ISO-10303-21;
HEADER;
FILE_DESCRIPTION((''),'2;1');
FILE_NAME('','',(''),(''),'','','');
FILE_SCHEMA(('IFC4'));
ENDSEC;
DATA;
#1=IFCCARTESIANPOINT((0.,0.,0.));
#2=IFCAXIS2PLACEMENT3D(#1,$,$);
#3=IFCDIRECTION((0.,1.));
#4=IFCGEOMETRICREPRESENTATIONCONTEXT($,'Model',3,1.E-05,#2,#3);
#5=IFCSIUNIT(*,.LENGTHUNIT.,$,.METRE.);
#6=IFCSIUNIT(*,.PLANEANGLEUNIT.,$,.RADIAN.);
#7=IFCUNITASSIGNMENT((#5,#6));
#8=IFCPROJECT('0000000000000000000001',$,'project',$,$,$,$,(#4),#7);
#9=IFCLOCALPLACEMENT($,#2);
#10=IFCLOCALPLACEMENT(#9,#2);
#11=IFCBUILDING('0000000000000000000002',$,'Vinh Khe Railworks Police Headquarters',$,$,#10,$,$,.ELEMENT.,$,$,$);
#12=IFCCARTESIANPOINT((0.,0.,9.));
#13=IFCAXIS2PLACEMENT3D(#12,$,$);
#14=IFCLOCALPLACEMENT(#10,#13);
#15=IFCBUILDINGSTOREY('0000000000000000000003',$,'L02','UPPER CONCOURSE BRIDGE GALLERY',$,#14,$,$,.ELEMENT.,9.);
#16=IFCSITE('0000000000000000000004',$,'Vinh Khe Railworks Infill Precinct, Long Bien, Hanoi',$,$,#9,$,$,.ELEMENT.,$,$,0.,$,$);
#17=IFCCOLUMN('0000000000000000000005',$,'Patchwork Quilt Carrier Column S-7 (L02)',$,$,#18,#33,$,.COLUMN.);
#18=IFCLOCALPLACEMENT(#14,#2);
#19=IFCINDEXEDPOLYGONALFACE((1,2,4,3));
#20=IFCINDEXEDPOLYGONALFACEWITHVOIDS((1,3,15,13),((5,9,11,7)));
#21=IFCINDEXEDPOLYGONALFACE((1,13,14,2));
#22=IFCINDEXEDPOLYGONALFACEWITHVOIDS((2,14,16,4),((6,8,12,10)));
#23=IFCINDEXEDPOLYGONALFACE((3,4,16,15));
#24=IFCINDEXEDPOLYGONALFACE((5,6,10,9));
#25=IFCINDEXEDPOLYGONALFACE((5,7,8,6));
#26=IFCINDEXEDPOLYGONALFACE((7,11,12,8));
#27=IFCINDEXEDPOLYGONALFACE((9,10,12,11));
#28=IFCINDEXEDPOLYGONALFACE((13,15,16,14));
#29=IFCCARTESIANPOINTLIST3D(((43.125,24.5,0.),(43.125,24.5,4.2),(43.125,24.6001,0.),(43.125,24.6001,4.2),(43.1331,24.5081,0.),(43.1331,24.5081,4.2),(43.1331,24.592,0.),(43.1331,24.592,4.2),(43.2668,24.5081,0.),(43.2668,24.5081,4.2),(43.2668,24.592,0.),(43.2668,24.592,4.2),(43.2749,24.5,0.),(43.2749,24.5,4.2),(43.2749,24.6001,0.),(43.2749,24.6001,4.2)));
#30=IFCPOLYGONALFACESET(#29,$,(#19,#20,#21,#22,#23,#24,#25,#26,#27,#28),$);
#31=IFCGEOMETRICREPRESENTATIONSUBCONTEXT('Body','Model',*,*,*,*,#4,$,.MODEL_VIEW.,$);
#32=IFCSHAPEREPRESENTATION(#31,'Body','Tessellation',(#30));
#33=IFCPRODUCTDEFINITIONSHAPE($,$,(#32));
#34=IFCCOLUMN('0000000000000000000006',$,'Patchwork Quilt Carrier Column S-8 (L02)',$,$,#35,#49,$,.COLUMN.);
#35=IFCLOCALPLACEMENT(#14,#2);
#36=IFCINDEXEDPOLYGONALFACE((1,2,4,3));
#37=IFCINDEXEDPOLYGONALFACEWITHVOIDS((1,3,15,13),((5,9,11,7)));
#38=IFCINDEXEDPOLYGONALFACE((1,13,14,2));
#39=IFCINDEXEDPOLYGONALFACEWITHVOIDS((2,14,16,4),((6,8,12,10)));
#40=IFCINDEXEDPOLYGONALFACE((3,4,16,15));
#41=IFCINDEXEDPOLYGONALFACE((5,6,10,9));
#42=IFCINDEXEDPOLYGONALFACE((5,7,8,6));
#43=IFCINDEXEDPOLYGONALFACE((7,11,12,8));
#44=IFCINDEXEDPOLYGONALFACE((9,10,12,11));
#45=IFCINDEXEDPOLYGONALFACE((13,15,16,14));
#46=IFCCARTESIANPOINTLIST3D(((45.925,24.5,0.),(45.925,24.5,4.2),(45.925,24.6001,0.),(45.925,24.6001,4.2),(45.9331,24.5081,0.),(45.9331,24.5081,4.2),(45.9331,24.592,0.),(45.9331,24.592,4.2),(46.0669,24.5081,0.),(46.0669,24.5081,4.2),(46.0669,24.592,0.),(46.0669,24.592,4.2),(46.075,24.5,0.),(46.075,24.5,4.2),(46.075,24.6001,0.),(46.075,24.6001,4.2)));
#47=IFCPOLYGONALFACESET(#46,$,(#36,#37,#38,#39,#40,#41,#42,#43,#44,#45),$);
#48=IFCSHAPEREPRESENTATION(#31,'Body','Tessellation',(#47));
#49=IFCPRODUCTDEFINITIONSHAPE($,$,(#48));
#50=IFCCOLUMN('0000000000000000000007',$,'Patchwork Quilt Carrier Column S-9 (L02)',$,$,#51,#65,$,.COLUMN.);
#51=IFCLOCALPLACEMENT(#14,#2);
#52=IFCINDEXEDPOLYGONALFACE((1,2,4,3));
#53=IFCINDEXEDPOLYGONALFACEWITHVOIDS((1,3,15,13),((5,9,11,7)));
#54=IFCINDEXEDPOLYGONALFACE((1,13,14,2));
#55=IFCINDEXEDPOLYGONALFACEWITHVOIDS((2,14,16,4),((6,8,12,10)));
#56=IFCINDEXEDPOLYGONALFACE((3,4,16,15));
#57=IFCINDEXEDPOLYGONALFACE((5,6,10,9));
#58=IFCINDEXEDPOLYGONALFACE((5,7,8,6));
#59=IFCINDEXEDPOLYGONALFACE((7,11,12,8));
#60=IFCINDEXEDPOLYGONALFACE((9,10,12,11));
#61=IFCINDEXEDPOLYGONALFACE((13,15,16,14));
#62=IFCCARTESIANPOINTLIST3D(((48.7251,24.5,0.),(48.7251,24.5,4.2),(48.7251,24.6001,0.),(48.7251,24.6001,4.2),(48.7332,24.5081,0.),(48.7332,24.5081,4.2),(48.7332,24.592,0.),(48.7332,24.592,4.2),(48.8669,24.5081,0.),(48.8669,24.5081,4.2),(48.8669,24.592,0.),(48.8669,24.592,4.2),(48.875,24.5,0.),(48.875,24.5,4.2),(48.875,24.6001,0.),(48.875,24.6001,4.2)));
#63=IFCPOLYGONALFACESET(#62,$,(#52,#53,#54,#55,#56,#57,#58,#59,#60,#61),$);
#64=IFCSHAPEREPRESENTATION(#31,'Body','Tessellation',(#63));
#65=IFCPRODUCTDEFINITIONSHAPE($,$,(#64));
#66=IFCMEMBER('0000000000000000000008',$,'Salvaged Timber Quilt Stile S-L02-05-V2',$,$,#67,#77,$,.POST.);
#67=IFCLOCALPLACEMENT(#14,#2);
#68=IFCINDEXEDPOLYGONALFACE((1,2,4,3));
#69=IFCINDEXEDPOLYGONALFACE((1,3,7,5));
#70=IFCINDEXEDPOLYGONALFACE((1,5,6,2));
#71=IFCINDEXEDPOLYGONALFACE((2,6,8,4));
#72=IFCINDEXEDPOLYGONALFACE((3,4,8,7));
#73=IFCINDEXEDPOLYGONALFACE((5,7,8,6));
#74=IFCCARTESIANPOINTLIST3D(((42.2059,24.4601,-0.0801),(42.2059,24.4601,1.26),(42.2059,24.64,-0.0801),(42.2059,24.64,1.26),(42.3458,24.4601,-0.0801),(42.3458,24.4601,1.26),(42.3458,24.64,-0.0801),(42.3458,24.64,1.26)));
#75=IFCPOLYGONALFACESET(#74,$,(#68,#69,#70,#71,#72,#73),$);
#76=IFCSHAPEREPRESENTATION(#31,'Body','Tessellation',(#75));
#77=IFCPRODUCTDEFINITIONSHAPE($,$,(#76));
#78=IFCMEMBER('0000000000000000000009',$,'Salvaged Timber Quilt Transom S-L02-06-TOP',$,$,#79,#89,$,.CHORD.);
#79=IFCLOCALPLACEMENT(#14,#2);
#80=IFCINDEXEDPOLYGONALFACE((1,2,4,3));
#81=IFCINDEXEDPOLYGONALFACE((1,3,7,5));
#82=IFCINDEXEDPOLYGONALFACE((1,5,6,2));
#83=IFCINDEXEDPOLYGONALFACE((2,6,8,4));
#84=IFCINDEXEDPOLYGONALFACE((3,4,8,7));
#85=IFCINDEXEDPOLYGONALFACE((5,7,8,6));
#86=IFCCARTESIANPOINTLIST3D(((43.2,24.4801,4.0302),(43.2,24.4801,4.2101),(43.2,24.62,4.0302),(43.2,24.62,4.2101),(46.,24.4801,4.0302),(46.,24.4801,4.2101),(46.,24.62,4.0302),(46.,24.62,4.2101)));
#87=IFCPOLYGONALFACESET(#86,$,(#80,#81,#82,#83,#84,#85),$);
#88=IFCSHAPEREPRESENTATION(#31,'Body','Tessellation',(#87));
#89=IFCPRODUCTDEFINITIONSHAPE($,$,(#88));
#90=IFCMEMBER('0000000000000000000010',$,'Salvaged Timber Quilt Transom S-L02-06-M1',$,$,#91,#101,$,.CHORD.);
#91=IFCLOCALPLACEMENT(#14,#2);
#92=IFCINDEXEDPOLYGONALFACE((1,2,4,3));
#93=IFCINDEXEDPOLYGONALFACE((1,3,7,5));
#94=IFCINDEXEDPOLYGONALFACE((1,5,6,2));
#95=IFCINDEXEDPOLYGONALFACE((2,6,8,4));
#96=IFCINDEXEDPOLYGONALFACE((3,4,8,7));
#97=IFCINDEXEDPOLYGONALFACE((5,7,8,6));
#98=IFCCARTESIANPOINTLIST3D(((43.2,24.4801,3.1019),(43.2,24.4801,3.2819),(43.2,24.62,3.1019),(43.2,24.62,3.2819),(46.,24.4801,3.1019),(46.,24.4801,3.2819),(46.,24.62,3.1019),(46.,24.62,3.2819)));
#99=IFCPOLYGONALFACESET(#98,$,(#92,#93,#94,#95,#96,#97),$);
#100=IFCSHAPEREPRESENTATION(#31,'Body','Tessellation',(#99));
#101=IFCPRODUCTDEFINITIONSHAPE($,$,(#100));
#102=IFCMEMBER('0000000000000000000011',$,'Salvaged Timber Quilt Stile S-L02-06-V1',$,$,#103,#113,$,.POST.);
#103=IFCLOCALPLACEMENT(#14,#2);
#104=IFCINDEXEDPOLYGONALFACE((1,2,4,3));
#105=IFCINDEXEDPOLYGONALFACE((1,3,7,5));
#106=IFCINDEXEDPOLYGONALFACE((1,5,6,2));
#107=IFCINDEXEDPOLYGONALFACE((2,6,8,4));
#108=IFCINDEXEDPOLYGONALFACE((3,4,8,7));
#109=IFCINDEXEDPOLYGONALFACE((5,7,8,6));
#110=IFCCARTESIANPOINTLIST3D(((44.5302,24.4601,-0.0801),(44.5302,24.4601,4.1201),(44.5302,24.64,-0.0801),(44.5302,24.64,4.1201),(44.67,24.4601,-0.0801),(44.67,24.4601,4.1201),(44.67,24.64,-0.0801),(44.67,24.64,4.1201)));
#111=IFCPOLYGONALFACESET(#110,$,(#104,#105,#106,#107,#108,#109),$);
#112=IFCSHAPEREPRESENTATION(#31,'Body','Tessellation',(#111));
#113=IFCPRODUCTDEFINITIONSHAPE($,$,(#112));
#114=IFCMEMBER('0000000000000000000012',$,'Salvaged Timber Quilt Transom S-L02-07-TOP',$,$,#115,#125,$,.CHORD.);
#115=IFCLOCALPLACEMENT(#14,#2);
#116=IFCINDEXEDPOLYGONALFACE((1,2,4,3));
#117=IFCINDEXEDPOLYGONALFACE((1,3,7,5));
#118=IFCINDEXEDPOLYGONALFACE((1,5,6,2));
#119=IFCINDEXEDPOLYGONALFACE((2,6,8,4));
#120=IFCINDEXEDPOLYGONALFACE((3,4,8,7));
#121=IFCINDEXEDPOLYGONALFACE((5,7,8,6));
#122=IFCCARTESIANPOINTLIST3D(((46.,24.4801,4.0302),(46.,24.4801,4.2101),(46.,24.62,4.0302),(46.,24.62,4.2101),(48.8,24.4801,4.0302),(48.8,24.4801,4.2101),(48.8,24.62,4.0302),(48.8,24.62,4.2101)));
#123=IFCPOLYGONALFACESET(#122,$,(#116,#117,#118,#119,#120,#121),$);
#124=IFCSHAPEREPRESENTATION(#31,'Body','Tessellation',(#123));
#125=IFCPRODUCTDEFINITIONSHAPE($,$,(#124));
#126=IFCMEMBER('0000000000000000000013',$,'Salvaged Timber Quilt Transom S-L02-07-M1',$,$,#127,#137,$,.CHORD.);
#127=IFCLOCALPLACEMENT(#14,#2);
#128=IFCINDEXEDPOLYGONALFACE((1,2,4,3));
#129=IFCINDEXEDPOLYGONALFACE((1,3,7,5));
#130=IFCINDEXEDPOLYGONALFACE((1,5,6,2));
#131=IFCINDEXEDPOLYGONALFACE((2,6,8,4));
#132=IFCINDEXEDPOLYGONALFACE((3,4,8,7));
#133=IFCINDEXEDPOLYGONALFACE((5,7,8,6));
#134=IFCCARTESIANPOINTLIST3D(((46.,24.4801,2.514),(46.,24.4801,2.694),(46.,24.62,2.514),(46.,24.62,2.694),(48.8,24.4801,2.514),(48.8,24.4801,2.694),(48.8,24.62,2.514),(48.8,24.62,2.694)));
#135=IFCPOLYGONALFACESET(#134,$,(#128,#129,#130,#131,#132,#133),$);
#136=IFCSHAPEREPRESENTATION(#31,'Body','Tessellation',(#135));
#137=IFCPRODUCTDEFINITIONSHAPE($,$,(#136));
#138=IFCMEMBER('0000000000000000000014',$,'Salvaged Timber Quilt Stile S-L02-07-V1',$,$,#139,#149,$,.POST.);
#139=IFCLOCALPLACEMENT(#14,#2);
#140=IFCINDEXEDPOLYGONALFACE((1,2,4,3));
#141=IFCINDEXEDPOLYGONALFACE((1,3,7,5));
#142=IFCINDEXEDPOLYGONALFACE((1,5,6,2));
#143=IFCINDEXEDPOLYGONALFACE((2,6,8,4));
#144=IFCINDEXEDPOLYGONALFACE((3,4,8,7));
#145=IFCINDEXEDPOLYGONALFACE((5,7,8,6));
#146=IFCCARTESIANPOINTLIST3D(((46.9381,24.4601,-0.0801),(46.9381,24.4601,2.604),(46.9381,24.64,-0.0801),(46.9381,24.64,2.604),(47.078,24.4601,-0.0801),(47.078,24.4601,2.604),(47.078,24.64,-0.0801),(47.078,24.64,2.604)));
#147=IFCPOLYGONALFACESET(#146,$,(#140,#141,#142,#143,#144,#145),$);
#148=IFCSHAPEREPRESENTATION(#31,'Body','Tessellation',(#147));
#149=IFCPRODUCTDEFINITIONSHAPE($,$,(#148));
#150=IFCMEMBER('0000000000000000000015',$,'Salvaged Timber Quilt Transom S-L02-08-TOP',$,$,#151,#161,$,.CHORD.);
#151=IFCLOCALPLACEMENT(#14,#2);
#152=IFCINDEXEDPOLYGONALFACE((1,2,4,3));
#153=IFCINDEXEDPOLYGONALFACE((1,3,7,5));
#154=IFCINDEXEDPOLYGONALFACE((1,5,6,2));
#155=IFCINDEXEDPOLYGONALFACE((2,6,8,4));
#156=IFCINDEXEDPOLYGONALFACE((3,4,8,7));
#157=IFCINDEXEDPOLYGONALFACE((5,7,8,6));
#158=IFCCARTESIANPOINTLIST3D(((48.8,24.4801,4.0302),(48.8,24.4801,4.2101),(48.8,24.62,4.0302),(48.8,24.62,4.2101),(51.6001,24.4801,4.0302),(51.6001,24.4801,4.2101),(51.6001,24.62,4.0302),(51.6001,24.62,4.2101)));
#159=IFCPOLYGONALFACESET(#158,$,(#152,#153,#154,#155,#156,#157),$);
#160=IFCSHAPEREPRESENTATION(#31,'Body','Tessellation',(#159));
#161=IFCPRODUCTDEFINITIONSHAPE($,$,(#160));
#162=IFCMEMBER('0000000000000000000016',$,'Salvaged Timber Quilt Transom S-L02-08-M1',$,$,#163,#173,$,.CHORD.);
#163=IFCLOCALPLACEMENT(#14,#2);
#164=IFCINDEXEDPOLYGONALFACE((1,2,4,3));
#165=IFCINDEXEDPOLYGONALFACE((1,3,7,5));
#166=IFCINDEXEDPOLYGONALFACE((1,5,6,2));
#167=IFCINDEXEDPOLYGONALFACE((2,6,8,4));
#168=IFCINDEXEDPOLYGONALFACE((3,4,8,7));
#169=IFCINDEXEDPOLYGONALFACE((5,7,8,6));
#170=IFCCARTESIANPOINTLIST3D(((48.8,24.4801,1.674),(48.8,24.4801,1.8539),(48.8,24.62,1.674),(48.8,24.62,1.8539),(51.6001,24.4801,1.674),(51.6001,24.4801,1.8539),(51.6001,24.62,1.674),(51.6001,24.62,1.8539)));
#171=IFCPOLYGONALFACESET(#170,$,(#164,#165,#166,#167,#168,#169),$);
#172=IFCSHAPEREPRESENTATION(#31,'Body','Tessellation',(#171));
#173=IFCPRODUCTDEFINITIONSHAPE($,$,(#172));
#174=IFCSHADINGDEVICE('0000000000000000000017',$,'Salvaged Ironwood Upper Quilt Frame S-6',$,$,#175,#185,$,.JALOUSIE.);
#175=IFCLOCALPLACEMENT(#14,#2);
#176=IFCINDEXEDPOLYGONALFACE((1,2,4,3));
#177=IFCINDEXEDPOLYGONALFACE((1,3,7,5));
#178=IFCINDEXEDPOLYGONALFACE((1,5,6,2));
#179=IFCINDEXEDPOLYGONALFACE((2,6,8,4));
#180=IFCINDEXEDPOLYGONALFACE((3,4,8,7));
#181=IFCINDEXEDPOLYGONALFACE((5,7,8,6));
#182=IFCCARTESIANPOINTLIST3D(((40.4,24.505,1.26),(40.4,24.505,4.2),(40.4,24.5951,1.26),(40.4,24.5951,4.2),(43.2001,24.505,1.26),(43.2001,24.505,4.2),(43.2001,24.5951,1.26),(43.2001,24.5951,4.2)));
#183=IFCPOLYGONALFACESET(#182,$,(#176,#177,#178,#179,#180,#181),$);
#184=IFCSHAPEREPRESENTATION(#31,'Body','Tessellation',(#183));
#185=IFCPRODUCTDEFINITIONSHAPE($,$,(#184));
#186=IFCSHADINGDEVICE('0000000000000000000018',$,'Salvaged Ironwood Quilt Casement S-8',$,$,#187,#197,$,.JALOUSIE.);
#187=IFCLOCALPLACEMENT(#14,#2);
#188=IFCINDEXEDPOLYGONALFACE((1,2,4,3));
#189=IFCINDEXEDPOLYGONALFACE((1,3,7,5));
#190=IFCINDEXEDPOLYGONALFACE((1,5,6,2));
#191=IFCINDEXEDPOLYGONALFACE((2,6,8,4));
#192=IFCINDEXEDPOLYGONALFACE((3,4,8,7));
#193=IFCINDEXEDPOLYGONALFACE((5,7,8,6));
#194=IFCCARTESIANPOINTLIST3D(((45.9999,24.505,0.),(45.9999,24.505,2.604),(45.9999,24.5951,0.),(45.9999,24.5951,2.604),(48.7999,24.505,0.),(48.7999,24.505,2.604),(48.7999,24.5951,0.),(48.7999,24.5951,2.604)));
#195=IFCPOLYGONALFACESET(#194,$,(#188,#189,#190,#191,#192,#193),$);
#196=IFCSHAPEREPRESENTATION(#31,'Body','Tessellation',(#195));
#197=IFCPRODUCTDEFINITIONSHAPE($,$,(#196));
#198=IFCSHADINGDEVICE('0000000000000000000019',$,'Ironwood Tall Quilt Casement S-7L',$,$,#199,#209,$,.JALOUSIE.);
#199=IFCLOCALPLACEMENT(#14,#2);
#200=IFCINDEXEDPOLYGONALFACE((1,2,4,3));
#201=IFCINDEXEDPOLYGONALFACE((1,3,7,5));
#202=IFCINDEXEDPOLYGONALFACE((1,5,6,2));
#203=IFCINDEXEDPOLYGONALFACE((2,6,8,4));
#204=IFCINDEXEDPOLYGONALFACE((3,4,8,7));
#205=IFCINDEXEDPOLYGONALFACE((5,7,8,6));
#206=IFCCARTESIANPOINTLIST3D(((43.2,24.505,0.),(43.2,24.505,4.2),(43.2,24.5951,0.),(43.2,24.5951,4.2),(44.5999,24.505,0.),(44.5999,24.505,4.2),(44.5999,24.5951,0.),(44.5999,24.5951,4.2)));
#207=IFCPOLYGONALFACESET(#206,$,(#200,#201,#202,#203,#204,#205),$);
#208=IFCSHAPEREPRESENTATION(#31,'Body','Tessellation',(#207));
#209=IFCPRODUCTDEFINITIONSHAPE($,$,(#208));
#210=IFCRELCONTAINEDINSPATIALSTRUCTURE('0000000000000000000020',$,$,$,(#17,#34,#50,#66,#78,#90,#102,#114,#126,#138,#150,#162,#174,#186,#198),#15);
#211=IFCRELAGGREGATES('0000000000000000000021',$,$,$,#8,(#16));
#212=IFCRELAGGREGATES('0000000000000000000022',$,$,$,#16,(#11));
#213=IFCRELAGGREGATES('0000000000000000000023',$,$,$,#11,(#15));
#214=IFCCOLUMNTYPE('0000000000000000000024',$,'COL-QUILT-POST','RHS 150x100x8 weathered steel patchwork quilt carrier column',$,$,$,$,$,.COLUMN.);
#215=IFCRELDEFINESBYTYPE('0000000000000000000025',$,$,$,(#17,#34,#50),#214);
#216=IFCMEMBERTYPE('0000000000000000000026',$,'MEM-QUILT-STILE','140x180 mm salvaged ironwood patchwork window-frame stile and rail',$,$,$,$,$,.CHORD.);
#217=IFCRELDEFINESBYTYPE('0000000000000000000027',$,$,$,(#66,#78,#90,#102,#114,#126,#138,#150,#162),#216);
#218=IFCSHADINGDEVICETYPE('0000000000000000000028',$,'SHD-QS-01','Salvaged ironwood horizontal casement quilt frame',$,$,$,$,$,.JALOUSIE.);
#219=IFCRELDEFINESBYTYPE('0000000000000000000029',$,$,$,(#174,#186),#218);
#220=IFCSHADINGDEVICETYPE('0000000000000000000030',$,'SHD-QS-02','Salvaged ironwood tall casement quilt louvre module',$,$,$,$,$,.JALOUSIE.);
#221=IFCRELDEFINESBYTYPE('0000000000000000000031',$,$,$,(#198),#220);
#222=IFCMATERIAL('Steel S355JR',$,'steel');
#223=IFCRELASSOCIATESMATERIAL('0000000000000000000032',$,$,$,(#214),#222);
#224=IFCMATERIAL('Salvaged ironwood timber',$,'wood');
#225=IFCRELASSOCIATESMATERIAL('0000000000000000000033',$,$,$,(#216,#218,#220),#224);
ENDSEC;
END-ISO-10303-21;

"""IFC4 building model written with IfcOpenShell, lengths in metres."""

from ifc_helpers import new_model, si_unit, direction, frame, origin, origin_2d, place, context, subcontext, project, spatial, rectangle, hollow_rectangle, extrude, material, material_profile, profile_set, type_object, element, save


model = new_model("IFC4")

# Units and contexts
model_context = context("Model", 3, precision=1e-05, world=origin(), true_north=direction((0.0, 1.0)))
body_context = subcontext(model_context, "Body", "Model", "MODEL_VIEW")
ifc_project = project(units=[si_unit("LENGTHUNIT", "METRE"), si_unit("PLANEANGLEUNIT", "RADIAN")], contexts=[model_context])

# Site, building, storey
site_placement = place(None, origin())
site = spatial("IfcSite", under=ifc_project, at=site_placement, Name="Vinh Khe Railworks Infill Precinct, Long Bien, Hanoi", CompositionType="ELEMENT", RefElevation=0.0)
building_placement = place(site_placement, origin())
building = spatial("IfcBuilding", under=site, at=building_placement, Name="Vinh Khe Railworks Police Headquarters", CompositionType="ELEMENT")
storey_placement = place(building_placement, frame((0.0, 0.0, 9.0)))
storey = spatial("IfcBuildingStorey", under=building, at=storey_placement, Name="L02", Description="UPPER CONCOURSE BRIDGE GALLERY", CompositionType="ELEMENT", Elevation=9.0)

# Columns
ifc_material_1 = material(Name="Steel S355JR", Category="steel")
ifc_material_profile_1 = material_profile(ifc_material_1, hollow_rectangle(XDim=0.1499, YDim=0.1001, WallThickness=0.0081, at=origin_2d()), Name="RHS 150x100x8")
ifc_profile_set_1 = profile_set([ifc_material_profile_1], Name="Steel S355JR")
column_type = type_object("IfcColumnType", Name="COL-QUILT-POST", Description="RHS 150x100x8 weathered steel patchwork quilt carrier column", PredefinedType="COLUMN", material=ifc_profile_set_1)
for number, where, z_axis, x_axis, name in (
    (1, (43.2, 24.55, 0.0), (0.0, 0.0, 1.0), (1.0, 0.0, 0.0), "Patchwork Quilt Carrier Column S-7 (L02)"),
    (2, (46.0, 24.55, 0.0), (0.0, 0.0, 1.0), (1.0, 0.0, 0.0), "Patchwork Quilt Carrier Column S-8 (L02)"),
    (3, (48.8, 24.55, 0.0), (0.0, 0.0, 1.0), (1.0, 0.0, 0.0), "Patchwork Quilt Carrier Column S-9 (L02)"),
):
    element("IfcColumn", number, at=place(storey_placement, frame(where, z_axis=z_axis, x_axis=x_axis)), inside=storey, type_object=column_type, Name=name, PredefinedType="COLUMN", context=body_context, shape_type="SweptSolid", body=[
        extrude(hollow_rectangle(XDim=0.1499, YDim=0.1001, WallThickness=0.0081, at=origin_2d()), origin(), (0.0, 0.0, 1.0), 4.2),
    ])

# Members
ifc_material_2 = material(Name="Salvaged ironwood timber", Category="wood")
ifc_material_profile_2 = material_profile(ifc_material_2, rectangle(XDim=0.1399, YDim=0.1799, at=origin_2d()), Name="TIMBER 140x180")
ifc_profile_set_2 = profile_set([ifc_material_profile_2], Name="Salvaged ironwood timber")
member_type = type_object("IfcMemberType", Name="MEM-QUILT-STILE", Description="140x180 mm salvaged ironwood patchwork window-frame stile and rail", PredefinedType="CHORD", material=ifc_profile_set_2)
member_1_placement = place(storey_placement, frame((42.2759, 24.55, -0.0801), z_axis=(0.0, 0.0, 1.0), x_axis=(1.0, 0.0, 0.0)))
element("IfcMember", 4, at=member_1_placement, inside=storey, type_object=member_type, Name="Salvaged Timber Quilt Stile S-L02-05-V2", PredefinedType="POST", context=body_context, shape_type="SweptSolid", body=[
    extrude(rectangle(XDim=0.1399, YDim=0.1799, at=origin_2d()), origin(), (0.0, 0.0, 1.0), 1.3401),
])
for number, where, z_axis, x_axis, name in (
    (5, (43.2, 24.55, 4.1201), (1.0, 0.0, 0.0), (0.0, 1.0, 0.0), "Salvaged Timber Quilt Transom S-L02-06-TOP"),
    (6, (43.2, 24.55, 3.1919), (1.0, 0.0, 0.0), (0.0, 1.0, 0.0), "Salvaged Timber Quilt Transom S-L02-06-M1"),
):
    element("IfcMember", number, at=place(storey_placement, frame(where, z_axis=z_axis, x_axis=x_axis)), inside=storey, type_object=member_type, Name=name, PredefinedType="CHORD", context=body_context, shape_type="SweptSolid", body=[
        extrude(rectangle(XDim=0.1399, YDim=0.1799, at=origin_2d()), origin(), (0.0, 0.0, 1.0), 2.8),
    ])
member_2_placement = place(storey_placement, frame((44.6001, 24.55, -0.0801), z_axis=(0.0, 0.0, 1.0), x_axis=(1.0, 0.0, 0.0)))
element("IfcMember", 7, at=member_2_placement, inside=storey, type_object=member_type, Name="Salvaged Timber Quilt Stile S-L02-06-V1", PredefinedType="POST", context=body_context, shape_type="SweptSolid", body=[
    extrude(rectangle(XDim=0.1399, YDim=0.1799, at=origin_2d()), origin(), (0.0, 0.0, 1.0), 4.2002),
])
for number, where, z_axis, x_axis, name in (
    (8, (46.0, 24.55, 4.1201), (1.0, 0.0, 0.0), (0.0, 1.0, 0.0), "Salvaged Timber Quilt Transom S-L02-07-TOP"),
    (9, (46.0, 24.55, 2.604), (1.0, 0.0, 0.0), (0.0, 1.0, 0.0), "Salvaged Timber Quilt Transom S-L02-07-M1"),
):
    element("IfcMember", number, at=place(storey_placement, frame(where, z_axis=z_axis, x_axis=x_axis)), inside=storey, type_object=member_type, Name=name, PredefinedType="CHORD", context=body_context, shape_type="SweptSolid", body=[
        extrude(rectangle(XDim=0.1399, YDim=0.1799, at=origin_2d()), origin(), (0.0, 0.0, 1.0), 2.8),
    ])
member_3_placement = place(storey_placement, frame((47.0081, 24.55, -0.0801), z_axis=(0.0, 0.0, 1.0), x_axis=(1.0, 0.0, 0.0)))
element("IfcMember", 10, at=member_3_placement, inside=storey, type_object=member_type, Name="Salvaged Timber Quilt Stile S-L02-07-V1", PredefinedType="POST", context=body_context, shape_type="SweptSolid", body=[
    extrude(rectangle(XDim=0.1399, YDim=0.1799, at=origin_2d()), origin(), (0.0, 0.0, 1.0), 2.6841),
])
for number, where, z_axis, x_axis, name in (
    (11, (48.8, 24.55, 4.1201), (1.0, 0.0, 0.0), (0.0, 1.0, 0.0), "Salvaged Timber Quilt Transom S-L02-08-TOP"),
    (12, (48.8, 24.55, 1.7639), (1.0, 0.0, 0.0), (0.0, 1.0, 0.0), "Salvaged Timber Quilt Transom S-L02-08-M1"),
):
    element("IfcMember", number, at=place(storey_placement, frame(where, z_axis=z_axis, x_axis=x_axis)), inside=storey, type_object=member_type, Name=name, PredefinedType="CHORD", context=body_context, shape_type="SweptSolid", body=[
        extrude(rectangle(XDim=0.1399, YDim=0.1799, at=origin_2d()), origin(), (0.0, 0.0, 1.0), 2.8),
    ])

# Shading devices
shading_device_type_1 = type_object("IfcShadingDeviceType", Name="SHD-QS-01", Description="Salvaged ironwood horizontal casement quilt frame", PredefinedType="JALOUSIE", material=ifc_material_2)
shading_device_1_placement = place(storey_placement, frame((41.8, 24.55, 1.26), z_axis=(0.0, 0.0, 1.0), x_axis=(1.0, 0.0, 0.0)))
element("IfcShadingDevice", 13, at=shading_device_1_placement, inside=storey, type_object=shading_device_type_1, Name="Salvaged Ironwood Upper Quilt Frame S-6", PredefinedType="JALOUSIE", context=body_context, shape_type="SweptSolid", body=[
    extrude(rectangle(XDim=2.8, YDim=0.0901, at=origin_2d()), origin(), (0.0, 0.0, 1.0), 2.9399),
])
shading_device_2_placement = place(storey_placement, frame((47.3999, 24.55, 0.0), z_axis=(0.0, 0.0, 1.0), x_axis=(1.0, 0.0, 0.0)))
element("IfcShadingDevice", 14, at=shading_device_2_placement, inside=storey, type_object=shading_device_type_1, Name="Salvaged Ironwood Quilt Casement S-8", PredefinedType="JALOUSIE", context=body_context, shape_type="SweptSolid", body=[
    extrude(rectangle(XDim=2.8, YDim=0.0901, at=origin_2d()), origin(), (0.0, 0.0, 1.0), 2.604),
])
shading_device_type_2 = type_object("IfcShadingDeviceType", Name="SHD-QS-02", Description="Salvaged ironwood tall casement quilt louvre module", PredefinedType="JALOUSIE", material=ifc_material_2)
shading_device_3_placement = place(storey_placement, frame((43.8999, 24.55, 0.0), z_axis=(0.0, 0.0, 1.0), x_axis=(1.0, 0.0, 0.0)))
element("IfcShadingDevice", 15, at=shading_device_3_placement, inside=storey, type_object=shading_device_type_2, Name="Ironwood Tall Quilt Casement S-7L", PredefinedType="JALOUSIE", context=body_context, shape_type="SweptSolid", body=[
    extrude(rectangle(XDim=1.3999, YDim=0.0901, at=origin_2d()), origin(), (0.0, 0.0, 1.0), 4.2),
])

save(model, "model.ifc")
